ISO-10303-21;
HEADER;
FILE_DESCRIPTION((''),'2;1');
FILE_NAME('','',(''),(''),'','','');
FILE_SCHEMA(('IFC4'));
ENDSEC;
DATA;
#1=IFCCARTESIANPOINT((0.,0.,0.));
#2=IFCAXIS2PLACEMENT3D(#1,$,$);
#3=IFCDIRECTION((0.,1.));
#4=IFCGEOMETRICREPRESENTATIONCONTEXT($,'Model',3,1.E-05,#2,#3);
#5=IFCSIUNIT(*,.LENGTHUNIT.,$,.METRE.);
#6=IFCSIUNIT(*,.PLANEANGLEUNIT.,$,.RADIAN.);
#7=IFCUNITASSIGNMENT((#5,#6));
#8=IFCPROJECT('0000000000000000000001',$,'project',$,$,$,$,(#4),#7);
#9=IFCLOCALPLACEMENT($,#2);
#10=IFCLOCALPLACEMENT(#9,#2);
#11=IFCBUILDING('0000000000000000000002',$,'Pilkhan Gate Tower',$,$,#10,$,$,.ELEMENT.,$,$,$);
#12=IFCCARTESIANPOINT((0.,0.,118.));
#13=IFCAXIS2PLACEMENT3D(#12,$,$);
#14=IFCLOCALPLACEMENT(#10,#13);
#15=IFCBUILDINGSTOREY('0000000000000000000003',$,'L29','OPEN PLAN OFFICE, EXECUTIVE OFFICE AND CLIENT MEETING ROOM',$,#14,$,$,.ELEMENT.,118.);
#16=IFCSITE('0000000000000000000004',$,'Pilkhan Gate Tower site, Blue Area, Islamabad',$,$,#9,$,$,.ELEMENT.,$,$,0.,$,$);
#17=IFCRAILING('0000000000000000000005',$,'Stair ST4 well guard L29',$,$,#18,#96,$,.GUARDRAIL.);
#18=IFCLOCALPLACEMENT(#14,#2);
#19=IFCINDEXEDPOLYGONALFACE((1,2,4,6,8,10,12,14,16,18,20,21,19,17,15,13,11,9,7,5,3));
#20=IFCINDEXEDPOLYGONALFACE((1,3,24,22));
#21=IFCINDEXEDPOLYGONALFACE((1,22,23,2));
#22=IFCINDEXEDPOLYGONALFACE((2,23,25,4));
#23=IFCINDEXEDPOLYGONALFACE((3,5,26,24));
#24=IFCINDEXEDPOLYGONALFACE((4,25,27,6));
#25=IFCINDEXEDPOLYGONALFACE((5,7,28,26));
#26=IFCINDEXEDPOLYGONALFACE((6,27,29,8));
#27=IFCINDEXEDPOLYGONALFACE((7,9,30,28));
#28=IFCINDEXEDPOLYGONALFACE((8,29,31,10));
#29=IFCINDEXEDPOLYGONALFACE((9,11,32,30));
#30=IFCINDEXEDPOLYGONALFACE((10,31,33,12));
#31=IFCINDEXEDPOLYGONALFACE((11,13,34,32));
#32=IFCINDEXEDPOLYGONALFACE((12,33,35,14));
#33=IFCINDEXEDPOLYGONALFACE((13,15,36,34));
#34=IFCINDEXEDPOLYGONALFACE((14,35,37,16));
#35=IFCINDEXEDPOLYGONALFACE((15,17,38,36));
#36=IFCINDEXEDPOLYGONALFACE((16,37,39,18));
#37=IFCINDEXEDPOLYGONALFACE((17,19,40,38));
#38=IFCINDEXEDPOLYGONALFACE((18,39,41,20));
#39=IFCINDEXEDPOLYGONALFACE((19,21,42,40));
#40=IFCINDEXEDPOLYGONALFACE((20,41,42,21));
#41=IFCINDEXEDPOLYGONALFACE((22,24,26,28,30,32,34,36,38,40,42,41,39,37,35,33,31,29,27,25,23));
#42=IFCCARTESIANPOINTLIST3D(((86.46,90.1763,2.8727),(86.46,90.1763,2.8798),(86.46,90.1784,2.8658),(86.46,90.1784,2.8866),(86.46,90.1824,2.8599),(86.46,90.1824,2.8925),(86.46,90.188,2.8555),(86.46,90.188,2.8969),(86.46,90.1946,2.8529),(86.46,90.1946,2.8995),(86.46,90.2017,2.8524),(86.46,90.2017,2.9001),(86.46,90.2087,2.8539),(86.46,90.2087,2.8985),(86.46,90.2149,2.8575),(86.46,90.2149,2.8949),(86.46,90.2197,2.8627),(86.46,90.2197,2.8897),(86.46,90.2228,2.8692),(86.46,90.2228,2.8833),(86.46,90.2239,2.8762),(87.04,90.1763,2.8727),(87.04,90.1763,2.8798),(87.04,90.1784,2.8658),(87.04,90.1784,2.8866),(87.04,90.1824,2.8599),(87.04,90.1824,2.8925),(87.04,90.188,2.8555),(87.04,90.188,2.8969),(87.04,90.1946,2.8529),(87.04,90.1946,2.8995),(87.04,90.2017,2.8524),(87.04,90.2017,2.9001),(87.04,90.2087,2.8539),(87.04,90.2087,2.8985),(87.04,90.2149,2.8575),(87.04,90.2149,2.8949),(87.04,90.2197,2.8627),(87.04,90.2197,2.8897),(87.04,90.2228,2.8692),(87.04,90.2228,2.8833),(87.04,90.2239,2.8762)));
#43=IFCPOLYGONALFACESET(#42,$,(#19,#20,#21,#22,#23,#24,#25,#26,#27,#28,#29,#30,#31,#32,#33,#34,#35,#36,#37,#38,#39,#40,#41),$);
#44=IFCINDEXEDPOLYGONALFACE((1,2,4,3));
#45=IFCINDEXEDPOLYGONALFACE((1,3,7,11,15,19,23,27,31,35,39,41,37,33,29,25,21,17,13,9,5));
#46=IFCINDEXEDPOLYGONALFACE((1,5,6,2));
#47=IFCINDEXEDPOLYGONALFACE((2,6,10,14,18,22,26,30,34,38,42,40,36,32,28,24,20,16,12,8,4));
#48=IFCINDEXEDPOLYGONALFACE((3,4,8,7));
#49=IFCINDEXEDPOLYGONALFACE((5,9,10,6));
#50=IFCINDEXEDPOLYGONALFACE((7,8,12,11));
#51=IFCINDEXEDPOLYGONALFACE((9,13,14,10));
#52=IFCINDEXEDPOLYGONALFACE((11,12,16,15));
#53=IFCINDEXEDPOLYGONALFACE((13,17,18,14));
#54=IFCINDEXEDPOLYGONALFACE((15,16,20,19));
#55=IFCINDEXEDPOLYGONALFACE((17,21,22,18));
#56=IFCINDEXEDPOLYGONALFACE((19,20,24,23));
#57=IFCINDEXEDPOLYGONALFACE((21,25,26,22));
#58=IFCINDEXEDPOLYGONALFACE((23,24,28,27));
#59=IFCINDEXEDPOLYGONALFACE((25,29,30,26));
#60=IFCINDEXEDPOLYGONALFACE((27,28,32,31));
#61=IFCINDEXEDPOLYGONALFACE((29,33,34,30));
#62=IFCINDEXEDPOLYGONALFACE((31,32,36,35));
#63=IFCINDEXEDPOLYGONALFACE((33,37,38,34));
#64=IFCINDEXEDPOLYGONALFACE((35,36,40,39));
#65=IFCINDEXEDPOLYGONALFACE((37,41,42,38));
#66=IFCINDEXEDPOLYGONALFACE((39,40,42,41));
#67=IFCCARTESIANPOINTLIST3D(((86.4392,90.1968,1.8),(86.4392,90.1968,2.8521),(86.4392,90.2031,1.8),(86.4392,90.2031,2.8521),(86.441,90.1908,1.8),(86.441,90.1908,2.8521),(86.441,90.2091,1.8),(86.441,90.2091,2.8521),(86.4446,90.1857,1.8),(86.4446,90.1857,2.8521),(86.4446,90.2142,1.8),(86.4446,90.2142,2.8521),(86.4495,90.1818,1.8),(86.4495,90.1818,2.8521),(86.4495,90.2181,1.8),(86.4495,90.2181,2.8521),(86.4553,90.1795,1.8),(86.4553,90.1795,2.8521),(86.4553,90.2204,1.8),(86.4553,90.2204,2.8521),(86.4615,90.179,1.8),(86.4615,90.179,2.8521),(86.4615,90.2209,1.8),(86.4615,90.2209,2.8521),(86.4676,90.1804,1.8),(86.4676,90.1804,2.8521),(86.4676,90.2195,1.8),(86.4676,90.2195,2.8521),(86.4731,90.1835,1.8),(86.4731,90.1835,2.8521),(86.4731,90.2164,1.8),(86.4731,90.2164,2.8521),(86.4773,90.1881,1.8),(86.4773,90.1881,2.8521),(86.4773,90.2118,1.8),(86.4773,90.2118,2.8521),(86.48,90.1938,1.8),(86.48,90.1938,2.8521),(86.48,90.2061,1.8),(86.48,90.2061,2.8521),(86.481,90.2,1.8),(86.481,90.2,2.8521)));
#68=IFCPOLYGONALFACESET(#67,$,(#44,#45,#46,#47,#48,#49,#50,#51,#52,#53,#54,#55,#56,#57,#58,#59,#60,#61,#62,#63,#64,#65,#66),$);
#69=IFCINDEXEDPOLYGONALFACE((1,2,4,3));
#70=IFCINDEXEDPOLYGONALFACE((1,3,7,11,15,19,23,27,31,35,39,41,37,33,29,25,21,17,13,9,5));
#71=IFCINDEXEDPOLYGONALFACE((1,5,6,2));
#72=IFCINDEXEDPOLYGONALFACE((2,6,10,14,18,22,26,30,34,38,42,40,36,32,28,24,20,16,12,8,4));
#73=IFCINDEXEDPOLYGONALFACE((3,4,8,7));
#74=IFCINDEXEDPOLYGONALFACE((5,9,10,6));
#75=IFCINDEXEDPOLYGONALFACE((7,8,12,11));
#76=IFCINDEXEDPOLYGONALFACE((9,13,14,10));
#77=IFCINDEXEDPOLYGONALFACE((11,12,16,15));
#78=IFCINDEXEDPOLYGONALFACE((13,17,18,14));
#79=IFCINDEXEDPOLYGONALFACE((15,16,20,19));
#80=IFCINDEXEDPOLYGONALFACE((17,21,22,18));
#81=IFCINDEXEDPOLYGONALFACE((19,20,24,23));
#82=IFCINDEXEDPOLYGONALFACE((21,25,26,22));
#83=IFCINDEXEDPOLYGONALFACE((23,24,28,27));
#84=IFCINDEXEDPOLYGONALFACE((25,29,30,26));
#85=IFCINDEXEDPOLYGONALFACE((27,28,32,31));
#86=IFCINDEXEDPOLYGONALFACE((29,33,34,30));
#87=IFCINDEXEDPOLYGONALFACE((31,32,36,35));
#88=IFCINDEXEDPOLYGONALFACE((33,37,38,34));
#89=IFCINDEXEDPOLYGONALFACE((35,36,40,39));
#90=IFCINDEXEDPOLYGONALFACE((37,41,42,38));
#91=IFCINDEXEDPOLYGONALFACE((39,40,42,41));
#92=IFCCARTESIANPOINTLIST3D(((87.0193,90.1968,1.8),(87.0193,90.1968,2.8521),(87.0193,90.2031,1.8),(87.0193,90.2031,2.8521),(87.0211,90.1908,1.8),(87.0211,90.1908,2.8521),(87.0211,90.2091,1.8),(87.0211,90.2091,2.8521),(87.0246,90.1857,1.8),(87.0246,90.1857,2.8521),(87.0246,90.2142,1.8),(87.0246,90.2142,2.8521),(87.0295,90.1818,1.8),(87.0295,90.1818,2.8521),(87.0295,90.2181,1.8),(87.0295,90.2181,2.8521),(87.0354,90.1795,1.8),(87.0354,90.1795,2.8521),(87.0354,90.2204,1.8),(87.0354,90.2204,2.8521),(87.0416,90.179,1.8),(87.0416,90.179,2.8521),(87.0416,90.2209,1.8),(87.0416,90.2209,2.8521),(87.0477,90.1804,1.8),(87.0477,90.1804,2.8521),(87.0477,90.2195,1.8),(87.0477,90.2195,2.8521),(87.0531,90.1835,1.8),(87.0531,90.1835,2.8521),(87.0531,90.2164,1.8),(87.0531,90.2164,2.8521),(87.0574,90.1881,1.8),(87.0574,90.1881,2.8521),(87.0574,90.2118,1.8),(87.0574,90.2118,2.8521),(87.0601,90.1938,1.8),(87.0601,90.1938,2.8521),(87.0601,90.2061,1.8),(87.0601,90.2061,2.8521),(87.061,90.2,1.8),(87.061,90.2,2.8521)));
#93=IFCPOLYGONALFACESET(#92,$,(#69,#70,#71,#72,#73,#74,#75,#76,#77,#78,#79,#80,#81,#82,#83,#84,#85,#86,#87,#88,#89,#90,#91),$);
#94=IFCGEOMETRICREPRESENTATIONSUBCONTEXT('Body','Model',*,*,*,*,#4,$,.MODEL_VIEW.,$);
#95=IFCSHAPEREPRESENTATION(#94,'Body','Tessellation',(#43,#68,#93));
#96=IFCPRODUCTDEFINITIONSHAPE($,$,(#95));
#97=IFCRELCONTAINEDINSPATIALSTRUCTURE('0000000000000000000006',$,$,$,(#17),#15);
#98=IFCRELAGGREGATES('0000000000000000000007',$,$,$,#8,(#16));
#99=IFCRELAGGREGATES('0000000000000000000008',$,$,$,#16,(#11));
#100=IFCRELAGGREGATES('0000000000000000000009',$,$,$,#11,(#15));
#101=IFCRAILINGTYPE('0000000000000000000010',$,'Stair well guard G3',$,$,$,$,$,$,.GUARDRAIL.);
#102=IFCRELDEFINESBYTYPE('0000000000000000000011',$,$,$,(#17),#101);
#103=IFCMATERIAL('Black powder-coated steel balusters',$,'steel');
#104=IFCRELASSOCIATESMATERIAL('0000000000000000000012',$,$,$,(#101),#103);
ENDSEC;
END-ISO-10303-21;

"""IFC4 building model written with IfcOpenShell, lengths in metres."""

from ifc_helpers import new_model, si_unit, direction, frame, origin, origin_2d, place, context, subcontext, project, spatial, circle, extrude, material, type_object, element, save


model = new_model("IFC4")

# Units and contexts
model_context = context("Model", 3, precision=1e-05, world=origin(), true_north=direction((0.0, 1.0)))
body_context = subcontext(model_context, "Body", "Model", "MODEL_VIEW")
ifc_project = project(units=[si_unit("LENGTHUNIT", "METRE"), si_unit("PLANEANGLEUNIT", "RADIAN")], contexts=[model_context])

# Site, building, storey
site_placement = place(None, origin())
site = spatial("IfcSite", under=ifc_project, at=site_placement, Name="Pilkhan Gate Tower site, Blue Area, Islamabad", CompositionType="ELEMENT", RefElevation=0.0)
building_placement = place(site_placement, origin())
building = spatial("IfcBuilding", under=site, at=building_placement, Name="Pilkhan Gate Tower", CompositionType="ELEMENT")
storey_placement = place(building_placement, frame((0.0, 0.0, 118.0)))
storey = spatial("IfcBuildingStorey", under=building, at=storey_placement, Name="L29", Description="OPEN PLAN OFFICE, EXECUTIVE OFFICE AND CLIENT MEETING ROOM", CompositionType="ELEMENT", Elevation=118.0)

# Railing
ifc_material_1 = material(Name="Black powder-coated steel balusters", Category="steel")
railing_type_1 = type_object("IfcRailingType", Name="Stair well guard G3", PredefinedType="GUARDRAIL", material=ifc_material_1)
for number, where, name in (
    (1, (86.46, 90.2, 1.8), "Stair ST4 well guard L29"),
):
    element("IfcRailing", number, at=place(storey_placement, frame(where)), inside=storey, type_object=railing_type_1, Name=name, PredefinedType="GUARDRAIL", context=body_context, shape_type="SweptSolid", body=[
        extrude(circle(Radius=0.0239, at=origin_2d()), frame((0.0, 0.0, 1.0762), z_axis=(1.0, 0.0, 0.0), x_axis=(0.0, 1.0, 0.0)), (0.0, 0.0, 1.0), 0.5801),
        extrude(circle(Radius=0.021, at=origin_2d()), origin(), (0.0, 0.0, 1.0), 1.052),
        extrude(circle(Radius=0.021, at=origin_2d()), frame((0.5801, 0.0, 0.0)), (0.0, 0.0, 1.0), 1.052),
    ])

save(model, "model.ifc")
